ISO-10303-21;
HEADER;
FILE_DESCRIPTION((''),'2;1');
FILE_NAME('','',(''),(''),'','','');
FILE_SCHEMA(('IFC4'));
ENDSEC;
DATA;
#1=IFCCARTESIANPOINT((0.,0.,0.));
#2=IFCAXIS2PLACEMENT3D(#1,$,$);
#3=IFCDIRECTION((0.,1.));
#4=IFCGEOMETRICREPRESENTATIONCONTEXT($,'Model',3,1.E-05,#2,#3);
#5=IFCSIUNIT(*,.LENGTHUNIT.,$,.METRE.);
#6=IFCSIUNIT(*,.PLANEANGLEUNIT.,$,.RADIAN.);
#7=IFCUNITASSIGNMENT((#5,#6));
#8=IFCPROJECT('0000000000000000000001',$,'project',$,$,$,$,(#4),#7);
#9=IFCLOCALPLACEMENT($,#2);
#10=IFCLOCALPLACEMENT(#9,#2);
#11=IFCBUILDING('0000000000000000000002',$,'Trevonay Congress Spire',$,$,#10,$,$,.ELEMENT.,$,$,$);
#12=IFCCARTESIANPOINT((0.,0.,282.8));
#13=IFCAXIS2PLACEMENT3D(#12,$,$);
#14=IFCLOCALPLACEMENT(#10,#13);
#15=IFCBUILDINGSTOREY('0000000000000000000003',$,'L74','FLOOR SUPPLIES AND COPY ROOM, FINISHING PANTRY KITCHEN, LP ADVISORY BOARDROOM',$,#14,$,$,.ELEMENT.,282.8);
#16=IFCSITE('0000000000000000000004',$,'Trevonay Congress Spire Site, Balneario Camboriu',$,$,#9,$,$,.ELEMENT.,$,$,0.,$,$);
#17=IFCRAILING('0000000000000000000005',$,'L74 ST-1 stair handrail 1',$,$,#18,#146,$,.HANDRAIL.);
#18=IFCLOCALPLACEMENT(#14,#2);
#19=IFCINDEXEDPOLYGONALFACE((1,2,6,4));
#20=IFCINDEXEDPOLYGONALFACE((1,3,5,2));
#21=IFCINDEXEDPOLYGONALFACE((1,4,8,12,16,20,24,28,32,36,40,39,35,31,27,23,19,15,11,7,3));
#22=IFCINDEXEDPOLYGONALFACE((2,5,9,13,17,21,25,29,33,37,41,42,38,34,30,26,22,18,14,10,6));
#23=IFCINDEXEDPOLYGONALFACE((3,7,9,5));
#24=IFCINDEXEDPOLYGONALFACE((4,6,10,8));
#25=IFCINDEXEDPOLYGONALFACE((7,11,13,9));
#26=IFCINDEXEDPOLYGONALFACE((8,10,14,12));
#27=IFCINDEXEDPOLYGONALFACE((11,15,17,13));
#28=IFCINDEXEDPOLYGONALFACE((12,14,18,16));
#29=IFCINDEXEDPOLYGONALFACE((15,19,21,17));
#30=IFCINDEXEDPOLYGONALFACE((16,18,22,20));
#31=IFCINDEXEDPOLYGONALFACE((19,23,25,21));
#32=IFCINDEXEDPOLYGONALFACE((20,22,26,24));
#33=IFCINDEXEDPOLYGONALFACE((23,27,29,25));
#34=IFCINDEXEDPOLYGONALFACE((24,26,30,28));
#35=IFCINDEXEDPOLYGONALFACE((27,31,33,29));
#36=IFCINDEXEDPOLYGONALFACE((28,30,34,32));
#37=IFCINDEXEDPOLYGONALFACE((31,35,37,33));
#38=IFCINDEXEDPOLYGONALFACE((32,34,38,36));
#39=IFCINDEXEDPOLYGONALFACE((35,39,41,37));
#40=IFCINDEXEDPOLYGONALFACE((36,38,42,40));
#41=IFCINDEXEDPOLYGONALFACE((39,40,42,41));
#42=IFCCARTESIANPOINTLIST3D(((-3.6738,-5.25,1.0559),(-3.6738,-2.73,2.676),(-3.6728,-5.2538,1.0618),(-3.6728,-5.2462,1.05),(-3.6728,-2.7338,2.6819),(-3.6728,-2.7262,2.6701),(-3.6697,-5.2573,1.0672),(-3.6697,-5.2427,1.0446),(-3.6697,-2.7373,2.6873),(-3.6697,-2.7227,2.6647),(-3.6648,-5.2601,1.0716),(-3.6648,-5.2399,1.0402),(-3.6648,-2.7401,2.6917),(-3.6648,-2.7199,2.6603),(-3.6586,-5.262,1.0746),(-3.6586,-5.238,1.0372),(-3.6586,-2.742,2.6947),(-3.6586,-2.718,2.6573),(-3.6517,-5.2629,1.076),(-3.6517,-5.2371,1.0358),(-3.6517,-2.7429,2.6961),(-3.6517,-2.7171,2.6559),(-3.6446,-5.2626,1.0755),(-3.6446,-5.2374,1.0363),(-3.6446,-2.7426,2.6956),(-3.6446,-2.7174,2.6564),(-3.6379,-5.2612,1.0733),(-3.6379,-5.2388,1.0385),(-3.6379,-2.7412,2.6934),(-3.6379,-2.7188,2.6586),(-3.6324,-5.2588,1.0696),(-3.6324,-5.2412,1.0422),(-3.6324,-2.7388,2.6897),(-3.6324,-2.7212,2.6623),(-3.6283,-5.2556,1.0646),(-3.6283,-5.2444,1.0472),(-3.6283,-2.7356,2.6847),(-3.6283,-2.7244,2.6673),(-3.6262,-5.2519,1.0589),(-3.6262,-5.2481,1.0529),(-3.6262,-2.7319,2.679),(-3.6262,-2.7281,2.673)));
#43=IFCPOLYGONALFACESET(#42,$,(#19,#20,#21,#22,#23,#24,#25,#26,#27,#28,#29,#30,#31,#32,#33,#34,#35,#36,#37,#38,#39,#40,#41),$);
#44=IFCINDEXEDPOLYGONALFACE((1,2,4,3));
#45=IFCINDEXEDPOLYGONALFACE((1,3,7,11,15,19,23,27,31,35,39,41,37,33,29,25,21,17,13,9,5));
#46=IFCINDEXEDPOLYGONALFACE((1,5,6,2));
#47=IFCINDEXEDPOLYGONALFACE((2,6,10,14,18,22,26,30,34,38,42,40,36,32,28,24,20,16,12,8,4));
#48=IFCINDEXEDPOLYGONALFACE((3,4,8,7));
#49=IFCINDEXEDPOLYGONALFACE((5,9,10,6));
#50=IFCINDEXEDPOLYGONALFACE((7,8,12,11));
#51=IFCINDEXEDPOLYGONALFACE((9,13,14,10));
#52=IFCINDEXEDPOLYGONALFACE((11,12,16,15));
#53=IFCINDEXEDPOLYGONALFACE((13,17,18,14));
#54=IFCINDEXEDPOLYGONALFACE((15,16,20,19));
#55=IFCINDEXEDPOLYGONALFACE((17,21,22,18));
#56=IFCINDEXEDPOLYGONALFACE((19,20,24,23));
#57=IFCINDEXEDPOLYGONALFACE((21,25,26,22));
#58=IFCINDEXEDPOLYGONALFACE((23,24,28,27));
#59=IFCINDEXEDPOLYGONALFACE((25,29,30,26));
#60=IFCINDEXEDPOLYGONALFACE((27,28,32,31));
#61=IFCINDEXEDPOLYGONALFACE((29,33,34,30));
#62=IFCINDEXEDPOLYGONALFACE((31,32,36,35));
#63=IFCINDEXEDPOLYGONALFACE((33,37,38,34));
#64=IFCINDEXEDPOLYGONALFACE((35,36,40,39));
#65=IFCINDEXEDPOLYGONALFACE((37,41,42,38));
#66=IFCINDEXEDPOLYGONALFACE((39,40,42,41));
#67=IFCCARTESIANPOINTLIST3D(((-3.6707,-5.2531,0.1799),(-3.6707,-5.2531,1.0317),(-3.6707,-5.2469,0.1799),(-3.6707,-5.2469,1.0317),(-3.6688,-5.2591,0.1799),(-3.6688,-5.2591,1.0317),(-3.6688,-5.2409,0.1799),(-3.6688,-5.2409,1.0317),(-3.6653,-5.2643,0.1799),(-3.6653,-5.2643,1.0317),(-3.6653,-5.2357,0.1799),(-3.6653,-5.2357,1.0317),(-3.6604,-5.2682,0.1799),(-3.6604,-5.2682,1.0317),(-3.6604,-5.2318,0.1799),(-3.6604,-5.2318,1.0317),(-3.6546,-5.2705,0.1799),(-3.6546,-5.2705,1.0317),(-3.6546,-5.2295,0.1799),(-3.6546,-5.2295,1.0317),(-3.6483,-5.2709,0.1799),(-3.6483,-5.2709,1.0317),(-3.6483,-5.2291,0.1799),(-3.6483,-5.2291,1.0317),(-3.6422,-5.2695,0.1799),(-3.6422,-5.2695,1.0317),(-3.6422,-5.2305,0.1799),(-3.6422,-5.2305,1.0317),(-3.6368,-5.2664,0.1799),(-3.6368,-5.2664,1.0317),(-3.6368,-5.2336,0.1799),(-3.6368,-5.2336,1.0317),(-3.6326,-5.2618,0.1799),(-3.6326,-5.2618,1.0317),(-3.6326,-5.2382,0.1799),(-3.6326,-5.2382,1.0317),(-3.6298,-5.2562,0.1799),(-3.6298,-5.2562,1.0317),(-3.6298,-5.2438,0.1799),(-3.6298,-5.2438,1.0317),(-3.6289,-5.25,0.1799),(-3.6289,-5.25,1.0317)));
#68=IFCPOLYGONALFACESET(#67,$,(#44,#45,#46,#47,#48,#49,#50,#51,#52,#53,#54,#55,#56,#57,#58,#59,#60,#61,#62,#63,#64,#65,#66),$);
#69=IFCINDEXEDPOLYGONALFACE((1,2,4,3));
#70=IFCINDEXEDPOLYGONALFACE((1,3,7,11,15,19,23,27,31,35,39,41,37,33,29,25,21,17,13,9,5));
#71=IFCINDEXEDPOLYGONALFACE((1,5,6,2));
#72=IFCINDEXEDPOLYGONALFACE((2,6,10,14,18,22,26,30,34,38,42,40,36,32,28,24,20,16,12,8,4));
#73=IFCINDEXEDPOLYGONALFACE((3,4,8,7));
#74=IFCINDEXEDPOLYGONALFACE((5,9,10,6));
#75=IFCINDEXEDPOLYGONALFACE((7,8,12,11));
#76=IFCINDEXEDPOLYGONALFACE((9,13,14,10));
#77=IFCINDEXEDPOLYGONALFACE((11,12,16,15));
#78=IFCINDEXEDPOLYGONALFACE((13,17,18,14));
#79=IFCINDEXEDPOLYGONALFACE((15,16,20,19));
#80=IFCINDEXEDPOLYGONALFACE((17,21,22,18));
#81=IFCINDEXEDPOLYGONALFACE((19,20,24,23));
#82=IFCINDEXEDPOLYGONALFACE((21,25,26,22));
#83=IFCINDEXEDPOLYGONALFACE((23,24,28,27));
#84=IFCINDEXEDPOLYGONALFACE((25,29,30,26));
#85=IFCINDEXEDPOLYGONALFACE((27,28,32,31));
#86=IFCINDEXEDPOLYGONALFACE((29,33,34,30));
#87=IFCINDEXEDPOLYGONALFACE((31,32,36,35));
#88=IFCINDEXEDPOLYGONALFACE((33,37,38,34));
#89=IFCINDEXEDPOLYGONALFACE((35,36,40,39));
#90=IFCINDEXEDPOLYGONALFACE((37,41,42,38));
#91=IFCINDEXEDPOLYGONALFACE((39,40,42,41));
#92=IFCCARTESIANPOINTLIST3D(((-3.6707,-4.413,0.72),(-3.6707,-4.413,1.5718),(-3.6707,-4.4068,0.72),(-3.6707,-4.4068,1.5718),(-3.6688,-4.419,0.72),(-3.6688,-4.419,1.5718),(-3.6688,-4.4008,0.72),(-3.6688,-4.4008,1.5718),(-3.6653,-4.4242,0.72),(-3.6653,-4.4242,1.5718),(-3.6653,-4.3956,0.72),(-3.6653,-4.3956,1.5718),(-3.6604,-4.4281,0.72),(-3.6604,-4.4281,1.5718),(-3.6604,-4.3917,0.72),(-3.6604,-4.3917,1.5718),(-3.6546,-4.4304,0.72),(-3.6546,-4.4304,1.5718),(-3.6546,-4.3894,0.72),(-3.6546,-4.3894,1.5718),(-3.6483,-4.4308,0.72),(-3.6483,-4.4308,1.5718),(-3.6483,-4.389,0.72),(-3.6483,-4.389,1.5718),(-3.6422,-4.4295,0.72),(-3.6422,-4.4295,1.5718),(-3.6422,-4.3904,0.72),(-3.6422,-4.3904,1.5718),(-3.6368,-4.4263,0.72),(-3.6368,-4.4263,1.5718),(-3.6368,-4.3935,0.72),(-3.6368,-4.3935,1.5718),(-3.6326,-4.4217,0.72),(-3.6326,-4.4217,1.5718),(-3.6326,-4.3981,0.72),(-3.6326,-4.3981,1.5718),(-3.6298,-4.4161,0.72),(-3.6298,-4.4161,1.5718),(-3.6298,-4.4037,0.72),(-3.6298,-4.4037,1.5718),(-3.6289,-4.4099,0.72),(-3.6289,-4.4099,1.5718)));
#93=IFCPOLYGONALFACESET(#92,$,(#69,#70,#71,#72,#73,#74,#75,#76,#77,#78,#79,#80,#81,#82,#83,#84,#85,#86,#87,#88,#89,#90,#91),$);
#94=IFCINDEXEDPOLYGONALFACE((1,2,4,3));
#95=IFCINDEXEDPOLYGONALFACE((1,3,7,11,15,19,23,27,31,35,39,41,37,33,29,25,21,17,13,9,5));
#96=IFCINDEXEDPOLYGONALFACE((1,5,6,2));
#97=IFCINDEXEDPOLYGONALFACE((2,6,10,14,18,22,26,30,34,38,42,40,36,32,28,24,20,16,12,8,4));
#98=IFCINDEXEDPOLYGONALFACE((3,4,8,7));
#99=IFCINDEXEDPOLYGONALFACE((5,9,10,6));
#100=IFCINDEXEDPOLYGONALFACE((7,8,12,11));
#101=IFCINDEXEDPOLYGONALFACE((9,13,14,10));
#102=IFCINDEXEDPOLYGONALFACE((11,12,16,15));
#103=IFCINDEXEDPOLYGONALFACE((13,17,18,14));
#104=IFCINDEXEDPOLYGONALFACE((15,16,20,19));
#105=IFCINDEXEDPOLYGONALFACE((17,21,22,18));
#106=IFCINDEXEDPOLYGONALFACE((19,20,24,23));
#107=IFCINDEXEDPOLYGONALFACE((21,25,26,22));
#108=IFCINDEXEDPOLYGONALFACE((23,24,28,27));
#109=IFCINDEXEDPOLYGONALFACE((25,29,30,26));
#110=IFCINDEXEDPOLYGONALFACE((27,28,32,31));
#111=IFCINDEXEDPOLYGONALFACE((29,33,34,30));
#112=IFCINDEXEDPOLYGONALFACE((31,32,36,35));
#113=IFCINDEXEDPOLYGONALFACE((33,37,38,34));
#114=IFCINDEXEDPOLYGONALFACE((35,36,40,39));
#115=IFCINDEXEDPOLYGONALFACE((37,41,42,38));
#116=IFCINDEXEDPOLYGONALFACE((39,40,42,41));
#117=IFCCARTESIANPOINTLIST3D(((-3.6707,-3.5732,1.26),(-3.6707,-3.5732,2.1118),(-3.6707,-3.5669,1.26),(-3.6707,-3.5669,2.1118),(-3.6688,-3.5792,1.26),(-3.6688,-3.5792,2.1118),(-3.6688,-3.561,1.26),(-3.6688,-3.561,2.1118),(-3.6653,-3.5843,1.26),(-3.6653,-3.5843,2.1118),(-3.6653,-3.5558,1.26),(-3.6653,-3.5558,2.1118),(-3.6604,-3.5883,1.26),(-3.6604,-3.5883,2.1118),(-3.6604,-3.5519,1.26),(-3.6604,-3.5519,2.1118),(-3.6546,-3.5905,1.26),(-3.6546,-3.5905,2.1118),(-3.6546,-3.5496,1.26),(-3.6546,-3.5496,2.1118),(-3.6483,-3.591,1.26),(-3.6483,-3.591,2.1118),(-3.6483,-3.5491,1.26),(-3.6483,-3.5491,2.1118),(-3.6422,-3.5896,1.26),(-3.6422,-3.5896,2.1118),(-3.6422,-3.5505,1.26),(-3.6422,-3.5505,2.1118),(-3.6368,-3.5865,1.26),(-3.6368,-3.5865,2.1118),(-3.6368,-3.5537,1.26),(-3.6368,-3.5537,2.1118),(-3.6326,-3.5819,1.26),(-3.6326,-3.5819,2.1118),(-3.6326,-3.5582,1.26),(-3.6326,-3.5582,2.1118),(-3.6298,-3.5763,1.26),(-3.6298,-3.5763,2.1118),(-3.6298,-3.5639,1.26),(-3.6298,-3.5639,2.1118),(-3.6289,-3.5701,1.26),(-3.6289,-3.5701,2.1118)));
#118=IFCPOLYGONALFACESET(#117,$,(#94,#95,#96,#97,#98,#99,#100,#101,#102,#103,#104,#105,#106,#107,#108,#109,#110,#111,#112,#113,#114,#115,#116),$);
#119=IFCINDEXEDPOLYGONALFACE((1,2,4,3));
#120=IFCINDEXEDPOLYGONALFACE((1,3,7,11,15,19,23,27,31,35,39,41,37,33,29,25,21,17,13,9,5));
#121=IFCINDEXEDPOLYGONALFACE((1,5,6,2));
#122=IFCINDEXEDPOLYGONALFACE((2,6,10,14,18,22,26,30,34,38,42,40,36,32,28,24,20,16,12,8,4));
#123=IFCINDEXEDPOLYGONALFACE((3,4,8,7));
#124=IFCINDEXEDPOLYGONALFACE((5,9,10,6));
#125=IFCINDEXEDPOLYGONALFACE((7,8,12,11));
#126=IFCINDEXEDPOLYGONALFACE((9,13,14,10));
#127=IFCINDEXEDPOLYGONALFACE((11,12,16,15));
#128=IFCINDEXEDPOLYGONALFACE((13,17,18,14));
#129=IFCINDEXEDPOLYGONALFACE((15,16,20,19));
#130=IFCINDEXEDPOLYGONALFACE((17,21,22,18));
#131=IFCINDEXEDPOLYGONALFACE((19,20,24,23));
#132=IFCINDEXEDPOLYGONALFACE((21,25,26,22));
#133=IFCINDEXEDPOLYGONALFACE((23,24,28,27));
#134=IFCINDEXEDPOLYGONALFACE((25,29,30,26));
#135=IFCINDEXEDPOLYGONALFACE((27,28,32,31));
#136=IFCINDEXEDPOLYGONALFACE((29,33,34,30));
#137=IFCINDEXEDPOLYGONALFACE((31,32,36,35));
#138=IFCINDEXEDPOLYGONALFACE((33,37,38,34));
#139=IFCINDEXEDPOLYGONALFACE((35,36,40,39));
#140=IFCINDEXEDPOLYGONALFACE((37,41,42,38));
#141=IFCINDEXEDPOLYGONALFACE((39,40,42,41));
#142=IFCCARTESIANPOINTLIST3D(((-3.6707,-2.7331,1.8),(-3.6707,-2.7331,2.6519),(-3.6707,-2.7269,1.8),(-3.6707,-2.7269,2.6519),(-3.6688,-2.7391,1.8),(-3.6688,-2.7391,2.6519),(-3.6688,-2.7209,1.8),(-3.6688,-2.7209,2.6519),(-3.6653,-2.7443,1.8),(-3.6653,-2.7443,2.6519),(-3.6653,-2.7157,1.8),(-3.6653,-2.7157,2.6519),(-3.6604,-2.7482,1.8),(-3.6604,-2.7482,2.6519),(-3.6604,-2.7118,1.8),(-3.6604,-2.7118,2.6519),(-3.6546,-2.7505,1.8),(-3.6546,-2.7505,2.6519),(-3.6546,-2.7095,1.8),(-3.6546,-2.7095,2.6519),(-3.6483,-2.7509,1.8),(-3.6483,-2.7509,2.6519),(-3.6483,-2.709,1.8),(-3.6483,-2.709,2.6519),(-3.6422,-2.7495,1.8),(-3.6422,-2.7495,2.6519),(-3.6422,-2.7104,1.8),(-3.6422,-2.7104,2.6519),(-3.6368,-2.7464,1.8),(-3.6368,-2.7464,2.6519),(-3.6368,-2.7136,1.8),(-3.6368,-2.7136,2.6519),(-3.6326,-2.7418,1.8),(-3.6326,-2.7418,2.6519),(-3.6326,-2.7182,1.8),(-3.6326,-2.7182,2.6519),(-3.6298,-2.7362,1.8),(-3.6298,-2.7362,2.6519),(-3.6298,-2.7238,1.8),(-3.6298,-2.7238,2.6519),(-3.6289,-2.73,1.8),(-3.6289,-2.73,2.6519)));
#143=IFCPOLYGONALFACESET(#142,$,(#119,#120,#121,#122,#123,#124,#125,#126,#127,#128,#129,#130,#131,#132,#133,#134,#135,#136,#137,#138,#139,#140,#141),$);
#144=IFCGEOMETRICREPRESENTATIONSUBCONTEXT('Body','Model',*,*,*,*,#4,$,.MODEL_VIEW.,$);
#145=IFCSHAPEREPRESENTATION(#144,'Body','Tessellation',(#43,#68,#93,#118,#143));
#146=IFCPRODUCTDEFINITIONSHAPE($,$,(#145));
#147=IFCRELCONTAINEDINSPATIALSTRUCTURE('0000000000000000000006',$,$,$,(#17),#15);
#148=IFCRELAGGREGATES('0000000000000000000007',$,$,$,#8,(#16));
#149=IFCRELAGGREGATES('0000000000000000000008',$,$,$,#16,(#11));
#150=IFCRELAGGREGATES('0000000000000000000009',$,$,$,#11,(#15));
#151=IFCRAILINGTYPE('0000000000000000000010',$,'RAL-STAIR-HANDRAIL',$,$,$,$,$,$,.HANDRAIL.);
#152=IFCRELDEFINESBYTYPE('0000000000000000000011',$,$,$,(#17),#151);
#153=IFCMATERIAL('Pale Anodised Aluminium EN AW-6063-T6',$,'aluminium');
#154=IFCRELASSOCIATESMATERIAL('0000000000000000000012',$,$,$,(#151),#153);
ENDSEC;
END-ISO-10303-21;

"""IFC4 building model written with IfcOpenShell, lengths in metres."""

from ifc_helpers import new_model, si_unit, direction, frame, origin, origin_2d, place, context, subcontext, project, spatial, circle, extrude, material, type_object, element, save


model = new_model("IFC4")

# Units and contexts
model_context = context("Model", 3, precision=1e-05, world=origin(), true_north=direction((0.0, 1.0)))
body_context = subcontext(model_context, "Body", "Model", "MODEL_VIEW")
ifc_project = project(units=[si_unit("LENGTHUNIT", "METRE"), si_unit("PLANEANGLEUNIT", "RADIAN")], contexts=[model_context])

# Site, building, storey
site_placement = place(None, origin())
site = spatial("IfcSite", under=ifc_project, at=site_placement, Name="Trevonay Congress Spire Site, Balneario Camboriu", CompositionType="ELEMENT", RefElevation=0.0)
building_placement = place(site_placement, origin())
building = spatial("IfcBuilding", under=site, at=building_placement, Name="Trevonay Congress Spire", CompositionType="ELEMENT")
storey_placement = place(building_placement, frame((0.0, 0.0, 282.8)))
storey = spatial("IfcBuildingStorey", under=building, at=storey_placement, Name="L74", Description="FLOOR SUPPLIES AND COPY ROOM, FINISHING PANTRY KITCHEN, LP ADVISORY BOARDROOM", CompositionType="ELEMENT", Elevation=282.8)

# Shared definitions
ifc_material_1 = material(Name="Pale Anodised Aluminium EN AW-6063-T6", Category="aluminium")

# Railing
railing_type_1 = type_object("IfcRailingType", Name="RAL-STAIR-HANDRAIL", PredefinedType="HANDRAIL", material=ifc_material_1)
railing_1_placement = place(storey_placement, frame((-3.6499, -5.25, 0.1799)))
element("IfcRailing", 1, at=railing_1_placement, inside=storey, type_object=railing_type_1, Name="L74 ST-1 stair handrail 1", PredefinedType="HANDRAIL", context=body_context, shape_type="SweptSolid", body=[
    extrude(circle(Radius=0.0239, at=origin_2d()), frame((0.0, 0.0, 0.876), z_axis=(0.0, 0.841163, 0.540782), x_axis=(-1.0, 0.0, 0.0)), (0.0, 0.0, 1.0), 2.9958),
    extrude(circle(Radius=0.021, at=origin_2d()), origin(), (0.0, 0.0, 1.0), 0.8518),
    extrude(circle(Radius=0.021, at=origin_2d()), frame((0.0, 0.8401, 0.54)), (0.0, 0.0, 1.0), 0.8518),
    extrude(circle(Radius=0.021, at=origin_2d()), frame((0.0, 1.6799, 1.0801)), (0.0, 0.0, 1.0), 0.8518),
    extrude(circle(Radius=0.021, at=origin_2d()), frame((0.0, 2.52, 1.6201)), (0.0, 0.0, 1.0), 0.8518),
])

save(model, "model.ifc")
